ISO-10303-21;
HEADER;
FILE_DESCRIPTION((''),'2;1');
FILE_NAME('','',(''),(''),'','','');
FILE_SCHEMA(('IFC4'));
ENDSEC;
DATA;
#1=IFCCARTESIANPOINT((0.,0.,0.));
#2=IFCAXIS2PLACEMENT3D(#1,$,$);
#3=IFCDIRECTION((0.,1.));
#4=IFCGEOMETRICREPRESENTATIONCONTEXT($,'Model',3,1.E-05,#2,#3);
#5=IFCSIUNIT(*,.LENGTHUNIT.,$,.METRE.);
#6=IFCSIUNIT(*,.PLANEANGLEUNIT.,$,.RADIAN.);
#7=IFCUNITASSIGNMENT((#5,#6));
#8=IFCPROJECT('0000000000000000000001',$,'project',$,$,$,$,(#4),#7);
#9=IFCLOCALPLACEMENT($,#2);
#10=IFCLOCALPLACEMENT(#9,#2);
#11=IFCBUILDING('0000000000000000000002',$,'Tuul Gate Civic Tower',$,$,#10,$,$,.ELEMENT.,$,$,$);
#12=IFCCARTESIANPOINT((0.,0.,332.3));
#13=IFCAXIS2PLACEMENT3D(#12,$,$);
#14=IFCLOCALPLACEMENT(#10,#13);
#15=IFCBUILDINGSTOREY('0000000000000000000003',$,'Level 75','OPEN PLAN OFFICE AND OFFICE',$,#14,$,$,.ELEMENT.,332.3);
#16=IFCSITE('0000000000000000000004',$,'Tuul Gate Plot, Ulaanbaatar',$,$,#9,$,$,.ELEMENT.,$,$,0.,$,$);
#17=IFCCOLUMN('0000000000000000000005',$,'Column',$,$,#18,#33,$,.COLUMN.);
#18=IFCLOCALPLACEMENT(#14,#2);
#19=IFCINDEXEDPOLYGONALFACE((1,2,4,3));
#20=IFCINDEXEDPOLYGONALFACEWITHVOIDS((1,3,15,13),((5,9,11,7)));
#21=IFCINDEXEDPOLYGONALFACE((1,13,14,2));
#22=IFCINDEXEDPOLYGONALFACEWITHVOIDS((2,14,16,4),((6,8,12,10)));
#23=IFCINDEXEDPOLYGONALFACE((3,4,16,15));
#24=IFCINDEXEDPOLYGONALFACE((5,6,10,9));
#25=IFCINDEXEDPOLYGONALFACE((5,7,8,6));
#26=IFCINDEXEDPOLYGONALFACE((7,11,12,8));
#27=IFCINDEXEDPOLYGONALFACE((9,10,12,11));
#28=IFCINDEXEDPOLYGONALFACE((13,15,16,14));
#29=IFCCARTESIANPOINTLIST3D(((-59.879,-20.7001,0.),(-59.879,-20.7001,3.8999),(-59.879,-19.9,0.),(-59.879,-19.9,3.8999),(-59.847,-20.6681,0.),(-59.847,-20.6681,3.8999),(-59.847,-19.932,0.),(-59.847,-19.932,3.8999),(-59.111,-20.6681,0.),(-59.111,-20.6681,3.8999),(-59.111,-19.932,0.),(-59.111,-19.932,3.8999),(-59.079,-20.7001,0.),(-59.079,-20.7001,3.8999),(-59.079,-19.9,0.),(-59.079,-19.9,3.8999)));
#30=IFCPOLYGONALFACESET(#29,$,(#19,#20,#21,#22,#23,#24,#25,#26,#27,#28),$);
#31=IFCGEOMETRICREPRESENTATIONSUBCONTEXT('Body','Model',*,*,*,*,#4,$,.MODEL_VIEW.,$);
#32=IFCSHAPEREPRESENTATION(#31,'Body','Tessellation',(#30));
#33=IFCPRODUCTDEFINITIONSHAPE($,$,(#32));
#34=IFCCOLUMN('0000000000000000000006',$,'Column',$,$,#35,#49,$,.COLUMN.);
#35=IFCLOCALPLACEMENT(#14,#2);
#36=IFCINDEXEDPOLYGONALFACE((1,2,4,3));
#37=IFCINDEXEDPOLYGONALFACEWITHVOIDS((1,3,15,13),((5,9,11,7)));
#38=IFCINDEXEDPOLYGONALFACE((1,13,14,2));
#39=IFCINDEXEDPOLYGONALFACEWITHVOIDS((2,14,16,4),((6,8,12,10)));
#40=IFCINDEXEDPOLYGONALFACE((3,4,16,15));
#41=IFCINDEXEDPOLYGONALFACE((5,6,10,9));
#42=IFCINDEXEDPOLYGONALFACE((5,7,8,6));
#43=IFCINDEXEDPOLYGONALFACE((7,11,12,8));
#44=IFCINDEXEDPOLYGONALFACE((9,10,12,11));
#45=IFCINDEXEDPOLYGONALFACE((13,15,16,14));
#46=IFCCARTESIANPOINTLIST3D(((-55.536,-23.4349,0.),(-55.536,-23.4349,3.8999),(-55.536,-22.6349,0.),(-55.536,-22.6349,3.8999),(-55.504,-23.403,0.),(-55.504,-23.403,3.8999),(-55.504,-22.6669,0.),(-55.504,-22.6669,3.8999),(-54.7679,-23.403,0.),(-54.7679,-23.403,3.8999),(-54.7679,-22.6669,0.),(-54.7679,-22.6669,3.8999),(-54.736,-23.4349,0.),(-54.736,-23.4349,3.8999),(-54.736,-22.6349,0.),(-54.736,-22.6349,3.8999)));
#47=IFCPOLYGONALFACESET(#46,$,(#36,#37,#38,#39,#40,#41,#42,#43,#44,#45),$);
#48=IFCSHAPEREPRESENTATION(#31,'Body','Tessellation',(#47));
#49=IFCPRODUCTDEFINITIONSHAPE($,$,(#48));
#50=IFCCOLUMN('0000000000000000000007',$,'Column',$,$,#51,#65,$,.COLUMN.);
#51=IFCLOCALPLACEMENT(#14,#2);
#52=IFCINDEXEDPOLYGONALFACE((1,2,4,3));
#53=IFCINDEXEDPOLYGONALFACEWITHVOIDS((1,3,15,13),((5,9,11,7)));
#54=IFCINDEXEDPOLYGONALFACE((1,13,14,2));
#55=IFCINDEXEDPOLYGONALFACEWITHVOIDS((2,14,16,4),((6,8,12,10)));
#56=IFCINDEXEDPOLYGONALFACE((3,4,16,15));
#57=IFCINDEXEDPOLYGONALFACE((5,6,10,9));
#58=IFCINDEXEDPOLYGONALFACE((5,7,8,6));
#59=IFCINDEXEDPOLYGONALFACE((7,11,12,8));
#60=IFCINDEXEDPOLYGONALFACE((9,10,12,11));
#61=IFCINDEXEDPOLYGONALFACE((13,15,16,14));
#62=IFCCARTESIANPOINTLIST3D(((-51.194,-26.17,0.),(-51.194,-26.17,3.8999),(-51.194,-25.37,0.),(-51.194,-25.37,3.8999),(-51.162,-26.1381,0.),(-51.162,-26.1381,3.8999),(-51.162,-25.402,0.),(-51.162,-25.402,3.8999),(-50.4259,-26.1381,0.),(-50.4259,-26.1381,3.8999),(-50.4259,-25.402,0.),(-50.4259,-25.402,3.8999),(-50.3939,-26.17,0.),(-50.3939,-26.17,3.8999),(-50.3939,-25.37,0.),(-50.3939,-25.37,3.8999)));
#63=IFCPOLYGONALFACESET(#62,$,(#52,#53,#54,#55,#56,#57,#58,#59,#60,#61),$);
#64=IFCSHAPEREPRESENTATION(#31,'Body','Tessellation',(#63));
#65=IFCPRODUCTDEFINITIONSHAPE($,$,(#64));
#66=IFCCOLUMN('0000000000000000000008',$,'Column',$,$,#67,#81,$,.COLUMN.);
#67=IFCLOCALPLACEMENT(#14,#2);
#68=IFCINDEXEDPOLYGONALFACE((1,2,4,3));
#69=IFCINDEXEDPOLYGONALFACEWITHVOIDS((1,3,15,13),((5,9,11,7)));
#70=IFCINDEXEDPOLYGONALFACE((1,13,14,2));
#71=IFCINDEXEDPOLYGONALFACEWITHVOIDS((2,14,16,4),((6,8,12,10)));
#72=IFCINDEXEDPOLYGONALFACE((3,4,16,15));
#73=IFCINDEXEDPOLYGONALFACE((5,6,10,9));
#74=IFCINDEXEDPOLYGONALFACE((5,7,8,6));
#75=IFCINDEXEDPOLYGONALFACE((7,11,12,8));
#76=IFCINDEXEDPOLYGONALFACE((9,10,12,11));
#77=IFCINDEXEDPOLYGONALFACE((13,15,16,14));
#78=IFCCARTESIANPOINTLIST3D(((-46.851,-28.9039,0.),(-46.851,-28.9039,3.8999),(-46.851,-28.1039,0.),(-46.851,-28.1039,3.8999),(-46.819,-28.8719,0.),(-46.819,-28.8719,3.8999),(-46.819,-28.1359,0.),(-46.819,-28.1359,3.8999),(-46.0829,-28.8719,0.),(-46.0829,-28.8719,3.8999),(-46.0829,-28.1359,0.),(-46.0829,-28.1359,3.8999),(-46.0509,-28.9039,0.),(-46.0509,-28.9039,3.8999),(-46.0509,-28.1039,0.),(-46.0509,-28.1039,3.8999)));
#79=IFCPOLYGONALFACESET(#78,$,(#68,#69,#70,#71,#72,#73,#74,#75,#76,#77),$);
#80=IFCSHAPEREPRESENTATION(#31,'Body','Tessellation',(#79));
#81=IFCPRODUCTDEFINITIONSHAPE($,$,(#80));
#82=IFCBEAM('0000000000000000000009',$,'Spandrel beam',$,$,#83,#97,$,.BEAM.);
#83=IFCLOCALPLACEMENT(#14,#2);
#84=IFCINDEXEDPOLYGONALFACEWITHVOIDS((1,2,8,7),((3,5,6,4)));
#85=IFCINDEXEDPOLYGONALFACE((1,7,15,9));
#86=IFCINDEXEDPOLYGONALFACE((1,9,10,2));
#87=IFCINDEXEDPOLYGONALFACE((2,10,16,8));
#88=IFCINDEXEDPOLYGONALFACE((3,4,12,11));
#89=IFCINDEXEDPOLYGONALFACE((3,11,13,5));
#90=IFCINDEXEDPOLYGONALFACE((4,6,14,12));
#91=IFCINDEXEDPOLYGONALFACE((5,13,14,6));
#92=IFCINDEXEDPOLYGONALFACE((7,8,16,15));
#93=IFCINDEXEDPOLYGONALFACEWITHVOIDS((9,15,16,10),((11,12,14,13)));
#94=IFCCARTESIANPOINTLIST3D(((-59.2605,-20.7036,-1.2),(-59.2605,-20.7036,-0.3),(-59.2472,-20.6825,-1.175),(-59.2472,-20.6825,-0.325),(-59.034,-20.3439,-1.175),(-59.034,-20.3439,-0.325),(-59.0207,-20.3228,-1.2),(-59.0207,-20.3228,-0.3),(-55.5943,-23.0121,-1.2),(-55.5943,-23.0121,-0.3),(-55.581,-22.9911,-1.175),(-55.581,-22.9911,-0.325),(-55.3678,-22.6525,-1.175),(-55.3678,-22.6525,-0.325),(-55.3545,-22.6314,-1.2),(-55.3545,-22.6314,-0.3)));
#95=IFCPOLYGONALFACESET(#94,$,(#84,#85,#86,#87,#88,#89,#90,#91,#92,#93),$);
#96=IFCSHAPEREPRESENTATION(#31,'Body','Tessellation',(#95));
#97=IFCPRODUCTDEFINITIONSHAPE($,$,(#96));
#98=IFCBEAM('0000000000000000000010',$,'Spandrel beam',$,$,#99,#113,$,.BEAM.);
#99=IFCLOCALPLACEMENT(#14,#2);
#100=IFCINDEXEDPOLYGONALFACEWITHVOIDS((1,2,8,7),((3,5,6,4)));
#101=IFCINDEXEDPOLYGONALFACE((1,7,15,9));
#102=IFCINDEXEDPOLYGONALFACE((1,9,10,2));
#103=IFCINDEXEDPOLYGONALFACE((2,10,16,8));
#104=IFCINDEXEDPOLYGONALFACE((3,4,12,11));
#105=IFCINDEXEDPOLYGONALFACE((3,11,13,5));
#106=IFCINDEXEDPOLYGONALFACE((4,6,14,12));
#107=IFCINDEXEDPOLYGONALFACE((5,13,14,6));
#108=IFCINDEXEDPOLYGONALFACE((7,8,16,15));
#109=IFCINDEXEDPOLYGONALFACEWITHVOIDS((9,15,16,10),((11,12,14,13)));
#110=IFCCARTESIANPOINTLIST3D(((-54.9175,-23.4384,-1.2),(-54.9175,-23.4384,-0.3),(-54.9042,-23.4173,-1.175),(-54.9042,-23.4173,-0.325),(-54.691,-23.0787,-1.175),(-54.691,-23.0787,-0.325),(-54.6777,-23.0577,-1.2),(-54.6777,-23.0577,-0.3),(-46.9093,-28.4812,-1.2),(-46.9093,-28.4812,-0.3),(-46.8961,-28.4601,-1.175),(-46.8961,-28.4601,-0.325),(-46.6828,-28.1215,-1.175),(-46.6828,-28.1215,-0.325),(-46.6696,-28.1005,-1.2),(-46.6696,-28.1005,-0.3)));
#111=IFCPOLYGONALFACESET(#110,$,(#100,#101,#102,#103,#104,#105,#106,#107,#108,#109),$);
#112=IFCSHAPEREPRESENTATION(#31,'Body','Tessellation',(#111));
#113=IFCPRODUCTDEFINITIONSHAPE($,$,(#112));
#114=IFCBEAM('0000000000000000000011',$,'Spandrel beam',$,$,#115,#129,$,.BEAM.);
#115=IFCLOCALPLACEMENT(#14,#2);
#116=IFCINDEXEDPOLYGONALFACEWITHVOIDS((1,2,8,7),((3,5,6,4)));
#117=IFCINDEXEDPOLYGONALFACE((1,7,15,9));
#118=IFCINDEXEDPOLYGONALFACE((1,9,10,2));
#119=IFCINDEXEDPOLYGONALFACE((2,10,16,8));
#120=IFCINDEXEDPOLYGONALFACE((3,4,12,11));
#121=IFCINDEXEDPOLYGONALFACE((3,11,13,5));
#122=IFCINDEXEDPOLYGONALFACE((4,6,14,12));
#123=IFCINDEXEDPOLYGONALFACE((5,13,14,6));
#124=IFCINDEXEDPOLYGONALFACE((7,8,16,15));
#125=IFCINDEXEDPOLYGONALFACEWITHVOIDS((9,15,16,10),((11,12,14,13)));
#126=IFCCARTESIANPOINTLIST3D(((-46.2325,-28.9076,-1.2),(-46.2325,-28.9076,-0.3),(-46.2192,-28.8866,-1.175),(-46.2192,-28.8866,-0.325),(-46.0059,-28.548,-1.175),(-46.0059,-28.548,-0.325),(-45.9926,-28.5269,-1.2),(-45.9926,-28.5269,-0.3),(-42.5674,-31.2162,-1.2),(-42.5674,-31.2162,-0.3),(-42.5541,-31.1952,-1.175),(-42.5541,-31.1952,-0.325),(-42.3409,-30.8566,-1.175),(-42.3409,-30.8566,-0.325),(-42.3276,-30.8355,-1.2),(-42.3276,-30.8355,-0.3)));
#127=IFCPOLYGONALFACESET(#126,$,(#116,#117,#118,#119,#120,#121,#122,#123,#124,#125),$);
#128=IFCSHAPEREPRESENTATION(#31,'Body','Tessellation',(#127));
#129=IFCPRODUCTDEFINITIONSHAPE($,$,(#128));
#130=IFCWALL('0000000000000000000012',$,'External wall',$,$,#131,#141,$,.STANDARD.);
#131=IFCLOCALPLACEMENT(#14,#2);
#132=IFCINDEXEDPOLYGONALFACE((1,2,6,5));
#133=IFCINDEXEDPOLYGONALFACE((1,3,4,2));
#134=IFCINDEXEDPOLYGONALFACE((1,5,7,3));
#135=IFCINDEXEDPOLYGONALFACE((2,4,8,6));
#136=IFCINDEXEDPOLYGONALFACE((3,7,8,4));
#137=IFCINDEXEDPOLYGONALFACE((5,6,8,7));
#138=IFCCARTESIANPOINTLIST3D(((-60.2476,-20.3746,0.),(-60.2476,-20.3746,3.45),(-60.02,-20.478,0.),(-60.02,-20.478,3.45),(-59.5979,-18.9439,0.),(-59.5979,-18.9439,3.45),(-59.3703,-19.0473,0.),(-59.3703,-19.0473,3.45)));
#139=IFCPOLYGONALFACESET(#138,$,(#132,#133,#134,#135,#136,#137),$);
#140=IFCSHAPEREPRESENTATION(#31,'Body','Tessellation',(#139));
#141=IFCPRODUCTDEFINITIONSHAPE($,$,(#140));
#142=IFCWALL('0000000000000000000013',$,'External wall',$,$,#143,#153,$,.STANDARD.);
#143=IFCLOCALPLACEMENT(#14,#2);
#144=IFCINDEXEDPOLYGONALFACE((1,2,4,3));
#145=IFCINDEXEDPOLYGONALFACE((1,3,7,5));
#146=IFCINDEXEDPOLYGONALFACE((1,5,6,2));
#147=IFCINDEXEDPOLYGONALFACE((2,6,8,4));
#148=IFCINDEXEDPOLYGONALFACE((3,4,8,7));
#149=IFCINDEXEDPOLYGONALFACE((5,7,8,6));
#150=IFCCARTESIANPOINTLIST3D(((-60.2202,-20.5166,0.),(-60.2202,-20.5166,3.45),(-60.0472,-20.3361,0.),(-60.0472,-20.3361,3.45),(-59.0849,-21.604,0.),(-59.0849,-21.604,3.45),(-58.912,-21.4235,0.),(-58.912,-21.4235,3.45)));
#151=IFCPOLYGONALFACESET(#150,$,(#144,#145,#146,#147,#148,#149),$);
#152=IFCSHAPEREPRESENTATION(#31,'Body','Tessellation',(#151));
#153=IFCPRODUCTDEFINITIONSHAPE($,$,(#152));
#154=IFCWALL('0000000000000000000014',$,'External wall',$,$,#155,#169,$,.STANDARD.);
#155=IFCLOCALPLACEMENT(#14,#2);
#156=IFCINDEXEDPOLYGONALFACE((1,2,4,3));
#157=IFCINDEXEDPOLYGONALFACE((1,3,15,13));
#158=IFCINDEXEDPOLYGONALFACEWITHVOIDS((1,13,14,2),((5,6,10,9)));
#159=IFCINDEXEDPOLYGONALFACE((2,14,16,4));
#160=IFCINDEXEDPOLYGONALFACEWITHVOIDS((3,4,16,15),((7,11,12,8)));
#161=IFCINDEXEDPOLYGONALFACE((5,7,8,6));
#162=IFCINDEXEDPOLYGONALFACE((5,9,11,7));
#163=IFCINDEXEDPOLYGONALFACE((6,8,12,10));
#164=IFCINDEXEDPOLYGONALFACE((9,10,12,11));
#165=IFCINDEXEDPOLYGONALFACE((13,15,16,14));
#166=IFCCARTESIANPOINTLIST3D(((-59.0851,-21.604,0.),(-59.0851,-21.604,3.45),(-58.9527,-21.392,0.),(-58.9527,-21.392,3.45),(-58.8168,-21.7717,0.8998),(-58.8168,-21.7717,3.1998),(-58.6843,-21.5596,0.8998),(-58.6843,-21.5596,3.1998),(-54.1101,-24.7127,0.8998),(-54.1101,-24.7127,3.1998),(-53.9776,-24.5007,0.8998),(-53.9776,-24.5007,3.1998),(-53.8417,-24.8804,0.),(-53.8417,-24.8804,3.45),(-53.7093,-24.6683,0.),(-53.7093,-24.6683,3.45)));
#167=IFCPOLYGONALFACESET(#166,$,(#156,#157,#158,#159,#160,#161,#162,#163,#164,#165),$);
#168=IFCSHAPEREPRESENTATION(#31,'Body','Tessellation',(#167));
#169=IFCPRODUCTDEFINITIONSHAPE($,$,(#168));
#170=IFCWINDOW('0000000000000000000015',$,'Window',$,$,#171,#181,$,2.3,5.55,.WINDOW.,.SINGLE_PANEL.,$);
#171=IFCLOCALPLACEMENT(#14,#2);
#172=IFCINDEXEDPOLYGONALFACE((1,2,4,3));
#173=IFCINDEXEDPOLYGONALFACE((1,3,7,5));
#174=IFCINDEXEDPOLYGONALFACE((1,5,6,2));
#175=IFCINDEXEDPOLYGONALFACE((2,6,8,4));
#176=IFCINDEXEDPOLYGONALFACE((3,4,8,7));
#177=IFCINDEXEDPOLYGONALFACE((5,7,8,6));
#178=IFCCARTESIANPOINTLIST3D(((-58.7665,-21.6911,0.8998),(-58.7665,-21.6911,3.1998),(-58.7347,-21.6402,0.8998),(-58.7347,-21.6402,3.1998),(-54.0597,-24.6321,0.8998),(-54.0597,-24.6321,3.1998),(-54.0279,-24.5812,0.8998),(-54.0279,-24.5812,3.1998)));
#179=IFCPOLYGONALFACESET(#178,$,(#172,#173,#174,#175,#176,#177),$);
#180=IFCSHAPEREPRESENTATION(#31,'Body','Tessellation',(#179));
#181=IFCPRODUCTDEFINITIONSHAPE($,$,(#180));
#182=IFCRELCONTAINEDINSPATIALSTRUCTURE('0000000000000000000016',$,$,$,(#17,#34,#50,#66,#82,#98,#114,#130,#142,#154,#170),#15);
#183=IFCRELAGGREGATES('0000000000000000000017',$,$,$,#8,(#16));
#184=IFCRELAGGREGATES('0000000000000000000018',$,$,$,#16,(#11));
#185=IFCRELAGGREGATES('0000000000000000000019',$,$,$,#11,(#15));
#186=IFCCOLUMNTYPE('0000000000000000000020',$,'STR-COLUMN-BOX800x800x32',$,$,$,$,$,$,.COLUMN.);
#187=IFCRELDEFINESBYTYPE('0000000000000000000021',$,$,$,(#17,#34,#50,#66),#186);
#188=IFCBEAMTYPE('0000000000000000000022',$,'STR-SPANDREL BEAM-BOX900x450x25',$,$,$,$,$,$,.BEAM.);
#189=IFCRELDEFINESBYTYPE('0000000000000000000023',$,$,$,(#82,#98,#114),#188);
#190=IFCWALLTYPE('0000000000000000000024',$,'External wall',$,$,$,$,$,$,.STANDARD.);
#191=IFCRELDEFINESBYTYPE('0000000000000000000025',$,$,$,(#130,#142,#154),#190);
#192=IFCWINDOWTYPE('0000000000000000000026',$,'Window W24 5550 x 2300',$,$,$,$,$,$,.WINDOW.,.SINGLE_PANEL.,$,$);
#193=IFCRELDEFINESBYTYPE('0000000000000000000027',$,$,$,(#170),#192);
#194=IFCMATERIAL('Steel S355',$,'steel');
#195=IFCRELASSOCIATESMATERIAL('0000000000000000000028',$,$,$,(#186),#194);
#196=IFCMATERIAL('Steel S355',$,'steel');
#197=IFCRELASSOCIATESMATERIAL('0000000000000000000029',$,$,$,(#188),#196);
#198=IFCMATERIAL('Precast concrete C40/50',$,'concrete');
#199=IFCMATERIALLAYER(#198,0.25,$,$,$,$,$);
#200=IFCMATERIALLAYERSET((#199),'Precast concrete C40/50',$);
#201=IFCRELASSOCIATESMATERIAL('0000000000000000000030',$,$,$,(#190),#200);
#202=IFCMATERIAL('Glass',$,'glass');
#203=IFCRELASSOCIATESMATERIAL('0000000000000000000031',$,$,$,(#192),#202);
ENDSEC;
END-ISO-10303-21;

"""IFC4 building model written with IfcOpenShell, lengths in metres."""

from ifc_helpers import new_model, si_unit, direction, frame, frame_2d, origin, origin_2d, place, context, subcontext, project, spatial, rectangle, hollow_rectangle, extrude, material, layer, layer_set, material_profile, profile_set, type_object, element, fill, save


model = new_model("IFC4")

# Units and contexts
model_context = context("Model", 3, precision=1e-05, world=origin(), true_north=direction((0.0, 1.0)))
body_context = subcontext(model_context, "Body", "Model", "MODEL_VIEW")
ifc_project = project(units=[si_unit("LENGTHUNIT", "METRE"), si_unit("PLANEANGLEUNIT", "RADIAN")], contexts=[model_context])

# Site, building, storey
site_placement = place(None, origin())
site = spatial("IfcSite", under=ifc_project, at=site_placement, Name="Tuul Gate Plot, Ulaanbaatar", CompositionType="ELEMENT", RefElevation=0.0)
building_placement = place(site_placement, origin())
building = spatial("IfcBuilding", under=site, at=building_placement, Name="Tuul Gate Civic Tower", CompositionType="ELEMENT")
storey_placement = place(building_placement, frame((0.0, 0.0, 332.3)))
storey = spatial("IfcBuildingStorey", under=building, at=storey_placement, Name="Level 75", Description="OPEN PLAN OFFICE AND OFFICE", CompositionType="ELEMENT", Elevation=332.3)

# Columns
ifc_material_1 = material(Name="Steel S355", Category="steel")
ifc_material_profile_1 = material_profile(ifc_material_1, hollow_rectangle(XDim=0.8, YDim=0.8, WallThickness=0.032, at=origin_2d()), Name="BOX800x800x32")
ifc_profile_set_1 = profile_set([ifc_material_profile_1], Name="Steel S355")
column_type = type_object("IfcColumnType", Name="STR-COLUMN-BOX800x800x32", PredefinedType="COLUMN", material=ifc_profile_set_1)
for number, where, z_axis, x_axis, name in (
    (1, (-59.479, -20.3, 0.0), (0.0, 0.0, 1.0), (1.0, 0.0, 0.0), "Column"),
    (2, (-55.136, -23.0349, 0.0), (0.0, 0.0, 1.0), (1.0, 0.0, 0.0), "Column"),
    (3, (-50.7939, -25.77, 0.0), (0.0, 0.0, 1.0), (1.0, 0.0, 0.0), "Column"),
    (4, (-46.4509, -28.5039, 0.0), (0.0, 0.0, 1.0), (1.0, 0.0, 0.0), "Column"),
):
    element("IfcColumn", number, at=place(storey_placement, frame(where, z_axis=z_axis, x_axis=x_axis)), inside=storey, type_object=column_type, Name=name, PredefinedType="COLUMN", context=body_context, shape_type="SweptSolid", body=[
        extrude(hollow_rectangle(XDim=0.8, YDim=0.8, WallThickness=0.032, at=origin_2d()), origin(), (0.0, 0.0, 1.0), 3.8999),
    ])

# Beams
ifc_material_2 = material(Name="Steel S355", Category="steel")
ifc_material_profile_2 = material_profile(ifc_material_2, hollow_rectangle(XDim=0.45, YDim=0.8999, WallThickness=0.0249, at=origin_2d()), Name="BOX900x450x25")
ifc_profile_set_2 = profile_set([ifc_material_profile_2], Name="Steel S355")
beam_type = type_object("IfcBeamType", Name="STR-SPANDREL BEAM-BOX900x450x25", PredefinedType="BEAM", material=ifc_profile_set_2)
beam_1_placement = place(storey_placement, frame((-59.1406, -20.5132, -0.75), z_axis=(0.846211, -0.532848, 0.0), x_axis=(0.532848, 0.846211, 0.0)))
element("IfcBeam", 5, at=beam_1_placement, inside=storey, type_object=beam_type, Name="Spandrel beam", PredefinedType="BEAM", context=body_context, shape_type="SweptSolid", body=[
    extrude(hollow_rectangle(XDim=0.45, YDim=0.8999, WallThickness=0.0249, at=origin_2d()), origin(), (0.0, 0.0, 1.0), 4.3325),
])
beam_2_placement = place(storey_placement, frame((-54.7976, -23.248, -0.75), z_axis=(0.846204, -0.53286, 0.0), x_axis=(0.53286, 0.846204, 0.0)))
element("IfcBeam", 6, at=beam_2_placement, inside=storey, type_object=beam_type, Name="Spandrel beam", PredefinedType="BEAM", context=body_context, shape_type="SweptSolid", body=[
    extrude(hollow_rectangle(XDim=0.45, YDim=0.8999, WallThickness=0.0249, at=origin_2d()), origin(), (0.0, 0.0, 1.0), 9.4636),
])
beam_3_placement = place(storey_placement, frame((-46.1125, -28.7173, -0.75), z_axis=(0.846131, -0.532975, 0.0), x_axis=(0.532975, 0.846131, 0.0)))
element("IfcBeam", 7, at=beam_3_placement, inside=storey, type_object=beam_type, Name="Spandrel beam", PredefinedType="BEAM", context=body_context, shape_type="SweptSolid", body=[
    extrude(hollow_rectangle(XDim=0.45, YDim=0.8999, WallThickness=0.0249, at=origin_2d()), origin(), (0.0, 0.0, 1.0), 4.3315),
])

# Walls
ifc_material_3 = material(Name="Precast concrete C40/50", Category="concrete")
ifc_layer = layer(ifc_material_3, 0.25)
ifc_layer_set = layer_set([ifc_layer], Name="Precast concrete C40/50")
wall_type = type_object("IfcWallType", Name="External wall", PredefinedType="STANDARD", material=ifc_layer_set)
wall_1_placement = place(storey_placement, frame((-59.4841, -18.9956, 0.0), z_axis=(0.0, 0.0, 1.0), x_axis=(-0.413463, -0.910521, 0.0)))
element("IfcWall", 8, at=wall_1_placement, inside=storey, type_object=wall_type, Name="External wall", PredefinedType="STANDARD", context=body_context, shape_type="SweptSolid", body=[
    extrude(rectangle(XDim=1.5713, YDim=0.25, at=frame_2d((0.7856, 0.0))), origin(), (0.0, 0.0, 1.0), 3.45),
])
wall_2_placement = place(storey_placement, frame((-60.1338, -20.4263, 0.0), z_axis=(0.0, 0.0, 1.0), x_axis=(0.722163, -0.691723, 0.0)))
element("IfcWall", 9, at=wall_2_placement, inside=storey, type_object=wall_type, Name="External wall", PredefinedType="STANDARD", context=body_context, shape_type="SweptSolid", body=[
    extrude(rectangle(XDim=1.572, YDim=0.25, at=frame_2d((0.7861, 0.0))), origin(), (0.0, 0.0, 1.0), 3.45),
])

# Wall, opening, window
wall_3_placement = place(storey_placement, frame((-59.0188, -21.498, 0.0), z_axis=(0.0, 0.0, 1.0), x_axis=(0.848054, -0.52991, 0.0)))
wall_3 = element("IfcWall", 10, at=wall_3_placement, inside=storey, type_object=wall_type, Name="External wall", PredefinedType="STANDARD", context=body_context, shape_type="SweptSolid", body=[
    extrude(rectangle(XDim=6.1829, YDim=0.25, at=frame_2d((3.0913, 0.0))), origin(), (0.0, 0.0, 1.0), 3.45),
])
opening_1_placement = place(wall_3_placement, frame((0.3164, 0.0, 0.8999)))
opening_1 = element("IfcOpeningElement", 11, at=opening_1_placement, cuts=wall_3, PredefinedType="OPENING", context=body_context, shape_type="SweptSolid", body=[
    extrude(rectangle(XDim=5.55, YDim=2.3, at=frame_2d((2.7749, 1.1499))), frame((0.0, 0.135, 0.0), z_axis=(0.0, -1.0, 0.0), x_axis=(1.0, 0.0, 0.0)), (0.0, 0.0, 1.0), 0.27),
])
ifc_material_4 = material(Name="Glass", Category="glass")
window_type = type_object("IfcWindowType", Name="Window W24 5550 x 2300", PartitioningType="SINGLE_PANEL", PredefinedType="WINDOW", material=ifc_material_4)
window_1_placement = place(opening_1_placement, origin())
window_1 = element("IfcWindow", 12, at=window_1_placement, inside=storey, type_object=window_type, Name="Window", OverallHeight=2.3, OverallWidth=5.55, PartitioningType="SINGLE_PANEL", PredefinedType="WINDOW", context=body_context, shape_type="SweptSolid", body=[
    extrude(rectangle(XDim=5.55, YDim=2.3, at=frame_2d((2.7749, 1.1499))), frame((0.0, 0.03, 0.0), z_axis=(0.0, -1.0, 0.0), x_axis=(1.0, 0.0, 0.0)), (0.0, 0.0, 1.0), 0.0601),
])
fill(opening_1, window_1)

save(model, "model.ifc")
